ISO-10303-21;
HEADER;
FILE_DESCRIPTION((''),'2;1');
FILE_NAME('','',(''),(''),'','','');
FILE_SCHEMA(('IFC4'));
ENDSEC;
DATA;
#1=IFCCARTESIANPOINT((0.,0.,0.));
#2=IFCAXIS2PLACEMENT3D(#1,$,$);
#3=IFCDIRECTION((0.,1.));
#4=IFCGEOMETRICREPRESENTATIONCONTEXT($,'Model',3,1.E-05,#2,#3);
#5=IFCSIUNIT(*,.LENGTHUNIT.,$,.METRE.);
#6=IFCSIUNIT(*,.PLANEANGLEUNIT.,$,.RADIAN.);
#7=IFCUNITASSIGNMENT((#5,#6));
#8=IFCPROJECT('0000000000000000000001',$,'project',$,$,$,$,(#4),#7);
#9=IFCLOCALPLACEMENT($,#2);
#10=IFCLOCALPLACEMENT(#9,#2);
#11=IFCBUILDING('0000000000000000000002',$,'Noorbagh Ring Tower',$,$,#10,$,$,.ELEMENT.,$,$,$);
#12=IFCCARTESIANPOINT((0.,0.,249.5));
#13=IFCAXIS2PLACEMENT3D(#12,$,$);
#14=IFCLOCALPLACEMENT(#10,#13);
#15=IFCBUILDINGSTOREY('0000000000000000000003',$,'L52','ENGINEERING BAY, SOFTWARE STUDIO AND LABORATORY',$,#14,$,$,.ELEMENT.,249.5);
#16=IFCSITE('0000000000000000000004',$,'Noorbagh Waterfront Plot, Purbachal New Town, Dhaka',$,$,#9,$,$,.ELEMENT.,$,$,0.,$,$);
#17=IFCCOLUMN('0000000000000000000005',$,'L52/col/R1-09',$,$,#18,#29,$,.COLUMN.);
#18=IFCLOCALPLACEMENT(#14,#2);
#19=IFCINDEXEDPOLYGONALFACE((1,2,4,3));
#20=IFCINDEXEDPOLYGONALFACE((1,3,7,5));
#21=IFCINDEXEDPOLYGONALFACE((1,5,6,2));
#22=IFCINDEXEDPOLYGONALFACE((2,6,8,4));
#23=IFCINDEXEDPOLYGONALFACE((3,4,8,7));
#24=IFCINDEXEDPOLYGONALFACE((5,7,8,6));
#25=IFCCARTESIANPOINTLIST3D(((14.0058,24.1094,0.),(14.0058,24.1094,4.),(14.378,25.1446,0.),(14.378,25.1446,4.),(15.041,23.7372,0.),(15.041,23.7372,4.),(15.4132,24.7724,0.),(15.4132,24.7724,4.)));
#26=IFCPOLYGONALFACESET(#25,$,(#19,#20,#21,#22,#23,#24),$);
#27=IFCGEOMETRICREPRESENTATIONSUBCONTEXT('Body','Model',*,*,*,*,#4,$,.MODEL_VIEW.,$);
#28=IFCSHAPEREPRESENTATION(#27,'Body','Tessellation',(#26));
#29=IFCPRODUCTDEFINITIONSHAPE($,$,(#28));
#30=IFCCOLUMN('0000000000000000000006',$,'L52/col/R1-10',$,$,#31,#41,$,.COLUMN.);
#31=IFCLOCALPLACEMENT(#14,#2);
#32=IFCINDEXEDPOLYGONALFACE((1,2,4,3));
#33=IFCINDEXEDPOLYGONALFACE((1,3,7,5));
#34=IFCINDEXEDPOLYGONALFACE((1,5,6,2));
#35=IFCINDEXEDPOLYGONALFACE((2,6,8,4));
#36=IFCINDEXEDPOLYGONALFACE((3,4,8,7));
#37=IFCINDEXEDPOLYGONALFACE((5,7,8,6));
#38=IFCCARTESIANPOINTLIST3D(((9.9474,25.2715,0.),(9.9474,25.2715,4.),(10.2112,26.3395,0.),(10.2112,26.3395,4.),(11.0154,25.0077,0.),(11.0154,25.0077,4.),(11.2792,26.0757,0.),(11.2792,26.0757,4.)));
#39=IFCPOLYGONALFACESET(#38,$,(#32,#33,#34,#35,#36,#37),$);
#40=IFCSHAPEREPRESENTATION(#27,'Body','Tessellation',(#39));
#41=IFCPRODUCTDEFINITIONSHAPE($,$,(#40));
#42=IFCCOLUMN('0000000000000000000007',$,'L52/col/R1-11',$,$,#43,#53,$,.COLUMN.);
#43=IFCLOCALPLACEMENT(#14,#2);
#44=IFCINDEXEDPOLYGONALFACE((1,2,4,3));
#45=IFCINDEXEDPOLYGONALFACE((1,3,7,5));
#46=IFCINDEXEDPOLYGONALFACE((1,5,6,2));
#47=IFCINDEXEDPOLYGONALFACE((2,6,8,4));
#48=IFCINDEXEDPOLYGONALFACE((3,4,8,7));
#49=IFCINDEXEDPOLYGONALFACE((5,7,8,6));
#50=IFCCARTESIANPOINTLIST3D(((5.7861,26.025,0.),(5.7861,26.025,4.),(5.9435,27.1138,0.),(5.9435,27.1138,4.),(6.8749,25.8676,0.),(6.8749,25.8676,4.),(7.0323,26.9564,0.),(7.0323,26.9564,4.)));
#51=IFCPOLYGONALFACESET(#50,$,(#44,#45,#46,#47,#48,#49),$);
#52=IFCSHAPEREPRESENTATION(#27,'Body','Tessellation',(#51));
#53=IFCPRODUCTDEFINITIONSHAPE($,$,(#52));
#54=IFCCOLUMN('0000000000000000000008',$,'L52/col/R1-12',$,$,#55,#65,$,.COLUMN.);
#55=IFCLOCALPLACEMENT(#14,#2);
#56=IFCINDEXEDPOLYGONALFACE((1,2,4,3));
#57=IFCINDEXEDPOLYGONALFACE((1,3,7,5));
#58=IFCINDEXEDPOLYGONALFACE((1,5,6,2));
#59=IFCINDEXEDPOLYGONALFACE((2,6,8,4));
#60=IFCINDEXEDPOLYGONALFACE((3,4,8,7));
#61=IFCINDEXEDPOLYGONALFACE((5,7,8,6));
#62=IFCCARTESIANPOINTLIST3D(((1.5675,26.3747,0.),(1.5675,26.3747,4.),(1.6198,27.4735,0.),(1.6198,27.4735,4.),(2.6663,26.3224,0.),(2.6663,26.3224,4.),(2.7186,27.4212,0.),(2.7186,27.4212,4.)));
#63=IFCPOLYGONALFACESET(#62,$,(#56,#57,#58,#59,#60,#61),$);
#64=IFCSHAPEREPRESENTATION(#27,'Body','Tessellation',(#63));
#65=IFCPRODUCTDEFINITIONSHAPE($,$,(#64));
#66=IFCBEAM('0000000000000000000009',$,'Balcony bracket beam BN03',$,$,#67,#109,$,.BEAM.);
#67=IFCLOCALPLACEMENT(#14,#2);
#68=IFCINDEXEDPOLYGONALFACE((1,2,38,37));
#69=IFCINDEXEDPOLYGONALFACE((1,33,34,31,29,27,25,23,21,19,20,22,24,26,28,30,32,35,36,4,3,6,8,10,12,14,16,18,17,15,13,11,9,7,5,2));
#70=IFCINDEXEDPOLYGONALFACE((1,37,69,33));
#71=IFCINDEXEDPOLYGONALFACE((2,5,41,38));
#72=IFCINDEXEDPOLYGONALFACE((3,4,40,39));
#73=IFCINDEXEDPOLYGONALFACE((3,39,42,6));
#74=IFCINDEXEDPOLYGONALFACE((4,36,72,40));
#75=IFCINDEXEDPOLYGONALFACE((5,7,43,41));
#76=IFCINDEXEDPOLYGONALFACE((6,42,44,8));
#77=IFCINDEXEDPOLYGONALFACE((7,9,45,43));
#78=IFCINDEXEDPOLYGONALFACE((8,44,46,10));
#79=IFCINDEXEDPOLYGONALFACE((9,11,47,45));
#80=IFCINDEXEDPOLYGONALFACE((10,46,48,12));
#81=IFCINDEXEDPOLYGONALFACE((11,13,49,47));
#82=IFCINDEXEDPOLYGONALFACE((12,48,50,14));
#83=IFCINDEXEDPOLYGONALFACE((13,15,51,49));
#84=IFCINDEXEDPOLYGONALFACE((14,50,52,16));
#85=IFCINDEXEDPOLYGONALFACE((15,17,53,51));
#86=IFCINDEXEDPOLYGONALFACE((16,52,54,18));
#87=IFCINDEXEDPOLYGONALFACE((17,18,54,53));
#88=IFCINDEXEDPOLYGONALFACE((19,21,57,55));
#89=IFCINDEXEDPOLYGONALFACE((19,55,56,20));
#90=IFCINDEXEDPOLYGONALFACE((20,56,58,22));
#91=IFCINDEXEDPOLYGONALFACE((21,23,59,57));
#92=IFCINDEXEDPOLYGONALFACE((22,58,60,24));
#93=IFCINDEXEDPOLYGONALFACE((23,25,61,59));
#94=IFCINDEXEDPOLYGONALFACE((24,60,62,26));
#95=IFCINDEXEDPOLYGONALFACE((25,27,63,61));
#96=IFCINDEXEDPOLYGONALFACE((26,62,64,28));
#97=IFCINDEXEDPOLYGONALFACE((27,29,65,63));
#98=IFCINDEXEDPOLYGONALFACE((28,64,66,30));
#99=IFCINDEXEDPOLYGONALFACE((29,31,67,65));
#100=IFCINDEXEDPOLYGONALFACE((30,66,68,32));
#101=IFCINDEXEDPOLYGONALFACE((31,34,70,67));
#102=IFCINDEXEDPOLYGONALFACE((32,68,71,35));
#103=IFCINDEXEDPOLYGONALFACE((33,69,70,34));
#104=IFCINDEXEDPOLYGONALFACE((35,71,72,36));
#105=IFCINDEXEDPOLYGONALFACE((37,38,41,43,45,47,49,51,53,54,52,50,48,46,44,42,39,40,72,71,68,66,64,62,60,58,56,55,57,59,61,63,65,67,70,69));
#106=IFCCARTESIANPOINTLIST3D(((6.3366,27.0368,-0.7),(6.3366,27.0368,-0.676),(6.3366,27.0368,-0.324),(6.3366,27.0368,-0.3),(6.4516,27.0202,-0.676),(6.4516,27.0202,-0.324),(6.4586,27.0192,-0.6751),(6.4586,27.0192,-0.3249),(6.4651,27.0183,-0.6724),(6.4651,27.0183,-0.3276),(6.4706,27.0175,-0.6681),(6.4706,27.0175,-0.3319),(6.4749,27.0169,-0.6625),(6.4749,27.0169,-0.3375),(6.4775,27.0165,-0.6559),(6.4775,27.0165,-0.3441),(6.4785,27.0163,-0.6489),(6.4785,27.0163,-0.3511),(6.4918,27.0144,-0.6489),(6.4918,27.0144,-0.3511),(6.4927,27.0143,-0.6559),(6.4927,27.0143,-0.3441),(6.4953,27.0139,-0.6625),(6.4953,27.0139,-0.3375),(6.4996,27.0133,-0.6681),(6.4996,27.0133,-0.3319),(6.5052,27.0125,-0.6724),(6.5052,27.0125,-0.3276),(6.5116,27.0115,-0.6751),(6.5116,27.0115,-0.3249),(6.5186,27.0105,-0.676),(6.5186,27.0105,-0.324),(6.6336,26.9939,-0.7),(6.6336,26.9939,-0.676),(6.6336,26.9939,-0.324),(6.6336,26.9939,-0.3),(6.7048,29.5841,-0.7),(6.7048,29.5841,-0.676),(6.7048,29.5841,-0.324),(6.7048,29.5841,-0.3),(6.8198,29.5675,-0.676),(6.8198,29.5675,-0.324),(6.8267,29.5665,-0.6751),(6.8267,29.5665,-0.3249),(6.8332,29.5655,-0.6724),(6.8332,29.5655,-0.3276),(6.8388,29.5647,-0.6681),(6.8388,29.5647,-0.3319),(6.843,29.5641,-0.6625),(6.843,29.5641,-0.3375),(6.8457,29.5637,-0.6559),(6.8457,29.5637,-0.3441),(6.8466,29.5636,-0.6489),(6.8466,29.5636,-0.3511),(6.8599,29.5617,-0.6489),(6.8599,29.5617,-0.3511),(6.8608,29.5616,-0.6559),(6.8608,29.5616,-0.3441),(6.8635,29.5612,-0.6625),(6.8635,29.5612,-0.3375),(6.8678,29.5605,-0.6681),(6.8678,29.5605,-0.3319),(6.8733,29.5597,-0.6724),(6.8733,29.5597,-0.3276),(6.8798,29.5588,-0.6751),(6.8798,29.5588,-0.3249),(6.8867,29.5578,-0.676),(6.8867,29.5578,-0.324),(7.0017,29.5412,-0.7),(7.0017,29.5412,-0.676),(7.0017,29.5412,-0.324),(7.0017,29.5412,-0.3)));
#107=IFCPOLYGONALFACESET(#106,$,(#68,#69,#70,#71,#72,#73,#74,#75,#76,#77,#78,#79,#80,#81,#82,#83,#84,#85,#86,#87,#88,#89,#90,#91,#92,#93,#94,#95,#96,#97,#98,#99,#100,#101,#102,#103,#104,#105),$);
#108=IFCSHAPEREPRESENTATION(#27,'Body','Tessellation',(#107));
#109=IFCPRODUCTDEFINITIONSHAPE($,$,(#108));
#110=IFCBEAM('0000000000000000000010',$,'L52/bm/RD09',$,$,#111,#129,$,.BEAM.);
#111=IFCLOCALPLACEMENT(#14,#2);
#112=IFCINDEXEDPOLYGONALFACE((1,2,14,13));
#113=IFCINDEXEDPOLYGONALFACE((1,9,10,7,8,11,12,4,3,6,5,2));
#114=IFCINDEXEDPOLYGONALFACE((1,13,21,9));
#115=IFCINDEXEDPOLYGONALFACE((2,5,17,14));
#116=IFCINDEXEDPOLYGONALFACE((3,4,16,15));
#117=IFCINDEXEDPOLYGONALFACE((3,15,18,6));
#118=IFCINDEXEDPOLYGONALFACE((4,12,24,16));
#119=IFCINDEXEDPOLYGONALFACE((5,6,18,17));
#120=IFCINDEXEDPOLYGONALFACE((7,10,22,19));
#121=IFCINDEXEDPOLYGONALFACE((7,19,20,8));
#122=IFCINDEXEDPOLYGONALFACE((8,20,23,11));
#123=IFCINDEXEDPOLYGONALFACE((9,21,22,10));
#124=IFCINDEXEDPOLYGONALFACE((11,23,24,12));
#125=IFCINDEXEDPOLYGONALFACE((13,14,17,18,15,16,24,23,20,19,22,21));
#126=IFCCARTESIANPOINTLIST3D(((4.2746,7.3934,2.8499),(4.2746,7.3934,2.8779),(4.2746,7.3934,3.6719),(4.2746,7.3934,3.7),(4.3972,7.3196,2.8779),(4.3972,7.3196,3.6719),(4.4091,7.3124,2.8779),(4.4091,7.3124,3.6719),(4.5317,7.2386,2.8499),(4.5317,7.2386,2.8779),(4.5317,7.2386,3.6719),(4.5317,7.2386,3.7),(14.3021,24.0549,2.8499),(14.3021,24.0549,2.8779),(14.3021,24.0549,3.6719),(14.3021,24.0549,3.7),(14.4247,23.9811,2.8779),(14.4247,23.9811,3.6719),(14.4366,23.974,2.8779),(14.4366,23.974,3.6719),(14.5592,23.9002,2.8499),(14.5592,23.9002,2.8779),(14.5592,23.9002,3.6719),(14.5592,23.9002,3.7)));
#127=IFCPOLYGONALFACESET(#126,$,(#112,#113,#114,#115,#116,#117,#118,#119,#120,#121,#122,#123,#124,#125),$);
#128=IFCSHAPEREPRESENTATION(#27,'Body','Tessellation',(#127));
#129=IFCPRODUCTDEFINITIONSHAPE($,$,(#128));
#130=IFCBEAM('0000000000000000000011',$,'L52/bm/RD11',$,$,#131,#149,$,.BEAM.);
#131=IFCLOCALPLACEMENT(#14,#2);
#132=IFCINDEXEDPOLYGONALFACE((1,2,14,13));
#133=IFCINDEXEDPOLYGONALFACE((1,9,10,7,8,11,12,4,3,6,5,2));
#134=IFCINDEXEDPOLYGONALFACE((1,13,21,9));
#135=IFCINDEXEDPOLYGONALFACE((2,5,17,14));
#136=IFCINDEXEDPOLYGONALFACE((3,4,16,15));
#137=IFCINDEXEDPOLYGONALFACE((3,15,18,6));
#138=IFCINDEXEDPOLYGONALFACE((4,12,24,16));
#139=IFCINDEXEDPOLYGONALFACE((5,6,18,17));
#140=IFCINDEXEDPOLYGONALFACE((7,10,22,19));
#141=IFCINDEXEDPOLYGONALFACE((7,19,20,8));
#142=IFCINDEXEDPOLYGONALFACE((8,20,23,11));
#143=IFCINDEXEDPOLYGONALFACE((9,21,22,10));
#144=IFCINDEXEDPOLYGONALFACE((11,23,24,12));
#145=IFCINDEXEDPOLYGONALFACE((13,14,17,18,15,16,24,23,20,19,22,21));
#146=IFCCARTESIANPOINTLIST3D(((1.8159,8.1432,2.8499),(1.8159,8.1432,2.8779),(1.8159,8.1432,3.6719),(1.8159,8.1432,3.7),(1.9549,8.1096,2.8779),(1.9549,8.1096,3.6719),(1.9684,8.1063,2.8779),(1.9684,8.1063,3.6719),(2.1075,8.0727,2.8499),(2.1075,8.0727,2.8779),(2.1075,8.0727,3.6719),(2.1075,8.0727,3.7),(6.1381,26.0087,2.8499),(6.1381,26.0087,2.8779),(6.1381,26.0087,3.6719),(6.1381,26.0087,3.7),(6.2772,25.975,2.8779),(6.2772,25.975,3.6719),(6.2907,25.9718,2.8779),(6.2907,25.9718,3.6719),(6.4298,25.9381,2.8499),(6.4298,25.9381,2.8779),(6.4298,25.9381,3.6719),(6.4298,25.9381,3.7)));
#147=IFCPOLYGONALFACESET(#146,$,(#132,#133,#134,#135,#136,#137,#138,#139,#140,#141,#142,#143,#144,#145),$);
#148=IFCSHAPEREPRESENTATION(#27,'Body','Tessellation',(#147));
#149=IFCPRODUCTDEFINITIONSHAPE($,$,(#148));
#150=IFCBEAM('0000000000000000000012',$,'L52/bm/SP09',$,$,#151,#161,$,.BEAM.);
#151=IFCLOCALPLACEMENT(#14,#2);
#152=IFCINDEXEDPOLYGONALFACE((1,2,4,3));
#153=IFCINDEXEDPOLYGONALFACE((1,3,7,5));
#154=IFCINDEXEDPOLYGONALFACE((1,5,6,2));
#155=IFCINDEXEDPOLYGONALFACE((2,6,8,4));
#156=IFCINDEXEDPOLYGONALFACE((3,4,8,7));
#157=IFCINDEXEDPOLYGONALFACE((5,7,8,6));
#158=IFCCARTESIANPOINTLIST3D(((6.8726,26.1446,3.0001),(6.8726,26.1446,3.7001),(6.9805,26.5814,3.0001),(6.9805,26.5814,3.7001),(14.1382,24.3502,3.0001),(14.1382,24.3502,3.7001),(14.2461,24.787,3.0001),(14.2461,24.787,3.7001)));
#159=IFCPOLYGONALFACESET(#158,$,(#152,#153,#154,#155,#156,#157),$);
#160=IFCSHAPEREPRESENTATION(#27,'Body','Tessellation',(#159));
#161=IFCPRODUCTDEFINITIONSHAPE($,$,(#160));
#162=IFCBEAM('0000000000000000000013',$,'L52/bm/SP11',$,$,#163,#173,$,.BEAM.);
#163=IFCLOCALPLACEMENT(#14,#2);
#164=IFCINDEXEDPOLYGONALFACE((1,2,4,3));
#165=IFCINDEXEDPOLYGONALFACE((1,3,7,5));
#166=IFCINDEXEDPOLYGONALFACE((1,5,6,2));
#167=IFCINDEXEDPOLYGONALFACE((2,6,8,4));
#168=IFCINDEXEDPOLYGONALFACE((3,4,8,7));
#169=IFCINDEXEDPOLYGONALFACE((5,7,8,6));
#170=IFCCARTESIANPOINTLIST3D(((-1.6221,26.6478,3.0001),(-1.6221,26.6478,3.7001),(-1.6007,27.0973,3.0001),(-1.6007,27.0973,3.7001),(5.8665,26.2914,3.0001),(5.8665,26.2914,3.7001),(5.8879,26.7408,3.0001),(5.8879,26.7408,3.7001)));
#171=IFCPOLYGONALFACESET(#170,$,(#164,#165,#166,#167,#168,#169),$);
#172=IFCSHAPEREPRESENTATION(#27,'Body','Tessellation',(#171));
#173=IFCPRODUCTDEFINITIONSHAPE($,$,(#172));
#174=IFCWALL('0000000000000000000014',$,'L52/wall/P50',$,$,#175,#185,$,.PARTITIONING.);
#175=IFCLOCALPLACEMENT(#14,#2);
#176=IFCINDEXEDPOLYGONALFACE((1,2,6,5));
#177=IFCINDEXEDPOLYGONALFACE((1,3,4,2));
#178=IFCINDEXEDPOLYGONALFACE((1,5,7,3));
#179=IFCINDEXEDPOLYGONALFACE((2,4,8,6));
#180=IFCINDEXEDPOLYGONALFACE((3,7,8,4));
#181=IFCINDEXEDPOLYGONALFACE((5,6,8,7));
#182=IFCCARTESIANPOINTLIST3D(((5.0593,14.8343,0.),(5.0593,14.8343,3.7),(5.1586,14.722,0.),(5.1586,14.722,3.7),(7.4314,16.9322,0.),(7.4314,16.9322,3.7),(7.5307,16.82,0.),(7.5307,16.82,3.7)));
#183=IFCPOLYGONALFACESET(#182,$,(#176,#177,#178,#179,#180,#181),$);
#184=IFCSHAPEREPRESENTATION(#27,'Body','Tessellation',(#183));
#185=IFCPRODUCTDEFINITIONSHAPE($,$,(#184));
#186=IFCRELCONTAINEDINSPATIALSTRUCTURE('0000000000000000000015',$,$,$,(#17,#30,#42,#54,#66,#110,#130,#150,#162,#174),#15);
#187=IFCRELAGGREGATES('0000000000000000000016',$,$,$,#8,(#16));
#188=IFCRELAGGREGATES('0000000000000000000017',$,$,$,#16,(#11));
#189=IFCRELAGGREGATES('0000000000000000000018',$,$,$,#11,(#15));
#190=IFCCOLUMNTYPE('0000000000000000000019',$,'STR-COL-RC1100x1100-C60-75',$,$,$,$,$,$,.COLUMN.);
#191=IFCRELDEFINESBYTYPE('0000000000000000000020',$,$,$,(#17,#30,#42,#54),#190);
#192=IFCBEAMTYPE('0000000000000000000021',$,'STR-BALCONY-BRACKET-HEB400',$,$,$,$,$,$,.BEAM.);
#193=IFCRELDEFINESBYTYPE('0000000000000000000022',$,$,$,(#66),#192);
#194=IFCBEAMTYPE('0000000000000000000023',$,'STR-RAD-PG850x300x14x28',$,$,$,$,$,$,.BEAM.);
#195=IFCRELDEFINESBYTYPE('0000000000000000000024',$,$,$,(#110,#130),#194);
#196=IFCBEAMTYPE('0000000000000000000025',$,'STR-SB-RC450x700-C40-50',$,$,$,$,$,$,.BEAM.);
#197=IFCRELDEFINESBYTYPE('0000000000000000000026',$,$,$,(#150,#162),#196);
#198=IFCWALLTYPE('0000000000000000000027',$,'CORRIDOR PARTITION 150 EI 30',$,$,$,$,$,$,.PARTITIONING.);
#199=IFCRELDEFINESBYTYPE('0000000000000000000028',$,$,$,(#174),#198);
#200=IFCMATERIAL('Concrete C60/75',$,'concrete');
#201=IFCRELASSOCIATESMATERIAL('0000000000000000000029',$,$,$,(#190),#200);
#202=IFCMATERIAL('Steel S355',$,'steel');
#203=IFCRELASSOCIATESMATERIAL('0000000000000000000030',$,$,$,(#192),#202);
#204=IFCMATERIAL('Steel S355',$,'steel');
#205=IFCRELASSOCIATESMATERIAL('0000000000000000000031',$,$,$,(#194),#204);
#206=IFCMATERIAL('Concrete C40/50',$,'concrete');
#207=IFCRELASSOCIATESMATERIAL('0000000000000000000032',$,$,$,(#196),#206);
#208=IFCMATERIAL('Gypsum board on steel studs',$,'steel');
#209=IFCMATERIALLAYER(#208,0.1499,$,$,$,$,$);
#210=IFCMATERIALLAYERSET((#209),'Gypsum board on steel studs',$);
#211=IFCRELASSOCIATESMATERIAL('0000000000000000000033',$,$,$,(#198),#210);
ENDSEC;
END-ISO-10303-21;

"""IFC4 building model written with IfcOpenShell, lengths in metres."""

from ifc_helpers import new_model, si_unit, direction, frame, frame_2d, origin, origin_2d, place, context, subcontext, project, spatial, rectangle, i_section, extrude, material, layer, layer_set, material_profile, profile_set, type_object, element, save


model = new_model("IFC4")

# Units and contexts
model_context = context("Model", 3, precision=1e-05, world=origin(), true_north=direction((0.0, 1.0)))
body_context = subcontext(model_context, "Body", "Model", "MODEL_VIEW")
ifc_project = project(units=[si_unit("LENGTHUNIT", "METRE"), si_unit("PLANEANGLEUNIT", "RADIAN")], contexts=[model_context])

# Site, building, storey
site_placement = place(None, origin())
site = spatial("IfcSite", under=ifc_project, at=site_placement, Name="Noorbagh Waterfront Plot, Purbachal New Town, Dhaka", CompositionType="ELEMENT", RefElevation=0.0)
building_placement = place(site_placement, origin())
building = spatial("IfcBuilding", under=site, at=building_placement, Name="Noorbagh Ring Tower", CompositionType="ELEMENT")
storey_placement = place(building_placement, frame((0.0, 0.0, 249.5)))
storey = spatial("IfcBuildingStorey", under=building, at=storey_placement, Name="L52", Description="ENGINEERING BAY, SOFTWARE STUDIO AND LABORATORY", CompositionType="ELEMENT", Elevation=249.5)

# Columns
ifc_material_1 = material(Name="Concrete C60/75", Category="concrete")
ifc_material_profile_1 = material_profile(ifc_material_1, rectangle(XDim=1.1001, YDim=1.1001, at=origin_2d()), Name="RC1100x1100")
ifc_profile_set_1 = profile_set([ifc_material_profile_1], Name="Concrete C60/75")
column_type = type_object("IfcColumnType", Name="STR-COL-RC1100x1100-C60-75", PredefinedType="COLUMN", material=ifc_profile_set_1)
for number, where, z_axis, x_axis, name in (
    (1, (14.7095, 24.4409, 0.0), (0.0, 0.0, 1.0), (-0.941025, 0.338338, 0.0), "L52/col/R1-09"),
    (2, (10.6133, 25.6736, 0.0), (0.0, 0.0, 1.0), (-0.970829, 0.239771, 0.0), "L52/col/R1-10"),
    (3, (6.4092, 26.4907, 0.0), (0.0, 0.0, 1.0), (-0.989713, 0.143066, 0.0), "L52/col/R1-11"),
    (4, (2.1431, 26.8979, 0.0), (0.0, 0.0, 1.0), (-0.998869, 0.047553, 0.0), "L52/col/R1-12"),
):
    element("IfcColumn", number, at=place(storey_placement, frame(where, z_axis=z_axis, x_axis=x_axis)), inside=storey, type_object=column_type, Name=name, PredefinedType="COLUMN", context=body_context, shape_type="SweptSolid", body=[
        extrude(rectangle(XDim=1.1001, YDim=1.1001, at=origin_2d()), origin(), (0.0, 0.0, 1.0), 4.0),
    ])

# Beams
ifc_material_2 = material(Name="Steel S355", Category="steel")
ifc_material_profile_2 = material_profile(ifc_material_2, i_section(OverallWidth=0.3, OverallDepth=0.3999, WebThickness=0.0134, FlangeThickness=0.0239, FilletRadius=0.0271, at=origin_2d()), Name="HEB400")
ifc_profile_set_2 = profile_set([ifc_material_profile_2], Name="Steel S355")
beam_type_1 = type_object("IfcBeamType", Name="STR-BALCONY-BRACKET-HEB400", PredefinedType="BEAM", material=ifc_profile_set_2)
beam_1_placement = place(storey_placement, frame((6.4851, 27.0154, -0.5), z_axis=(0.143041, 0.989717, 0.0), x_axis=(-0.989717, 0.143041, 0.0)))
element("IfcBeam", 5, at=beam_1_placement, inside=storey, type_object=beam_type_1, Name="Balcony bracket beam BN03", PredefinedType="BEAM", context=body_context, shape_type="SweptSolid", body=[
    extrude(i_section(OverallWidth=0.3, OverallDepth=0.3999, WebThickness=0.0134, FlangeThickness=0.0239, FilletRadius=0.0271, at=origin_2d()), origin(), (0.0, 0.0, 1.0), 2.5737),
])
ifc_material_3 = material(Name="Steel S355", Category="steel")
ifc_material_profile_3 = material_profile(ifc_material_3, i_section(OverallWidth=0.3, OverallDepth=0.8501, WebThickness=0.0139, FlangeThickness=0.0281, at=origin_2d()), Name="PG850x300x14x28")
ifc_profile_set_3 = profile_set([ifc_material_profile_3], Name="Steel S355")
beam_type_2 = type_object("IfcBeamType", Name="STR-RAD-PG850x300x14x28", PredefinedType="BEAM", material=ifc_profile_set_3)
beam_2_placement = place(storey_placement, frame((14.4307, 23.9775, 3.2749), z_axis=(-0.515653, -0.856798, 0.0), x_axis=(0.856798, -0.515653, 0.0)))
element("IfcBeam", 6, at=beam_2_placement, inside=storey, type_object=beam_type_2, Name="L52/bm/RD09", PredefinedType="BEAM", context=body_context, shape_type="SweptSolid", body=[
    extrude(i_section(OverallWidth=0.3, OverallDepth=0.8501, WebThickness=0.0139, FlangeThickness=0.0281, at=origin_2d()), origin(), (0.0, 0.0, 1.0), 19.4463),
])
beam_3_placement = place(storey_placement, frame((6.2839, 25.9734, 3.2749), z_axis=(-0.23515, -0.971959, 0.0), x_axis=(0.971959, -0.23515, 0.0)))
element("IfcBeam", 7, at=beam_3_placement, inside=storey, type_object=beam_type_2, Name="L52/bm/RD11", PredefinedType="BEAM", context=body_context, shape_type="SweptSolid", body=[
    extrude(i_section(OverallWidth=0.3, OverallDepth=0.8501, WebThickness=0.0139, FlangeThickness=0.0281, at=origin_2d()), origin(), (0.0, 0.0, 1.0), 18.3809),
])
ifc_material_4 = material(Name="Concrete C40/50", Category="concrete")
ifc_material_profile_4 = material_profile(ifc_material_4, rectangle(XDim=0.45, YDim=0.7, at=origin_2d()), Name="RC450x700")
ifc_profile_set_4 = profile_set([ifc_material_profile_4], Name="Concrete C40/50")
beam_type_3 = type_object("IfcBeamType", Name="STR-SB-RC450x700-C40-50", PredefinedType="BEAM", material=ifc_profile_set_4)
beam_4_placement = place(storey_placement, frame((14.1921, 24.5686, 3.3501), z_axis=(-0.970829, 0.239771, 0.0), x_axis=(-0.239771, -0.970829, 0.0)))
element("IfcBeam", 8, at=beam_4_placement, inside=storey, type_object=beam_type_3, Name="L52/bm/SP09", PredefinedType="BEAM", context=body_context, shape_type="SweptSolid", body=[
    extrude(rectangle(XDim=0.45, YDim=0.7, at=origin_2d()), origin(), (0.0, 0.0, 1.0), 7.4839),
])
beam_5_placement = place(storey_placement, frame((5.8772, 26.5161, 3.3501), z_axis=(-0.998869, 0.047545, 0.0), x_axis=(-0.047545, -0.998869, 0.0)))
element("IfcBeam", 9, at=beam_5_placement, inside=storey, type_object=beam_type_3, Name="L52/bm/SP11", PredefinedType="BEAM", context=body_context, shape_type="SweptSolid", body=[
    extrude(rectangle(XDim=0.45, YDim=0.7, at=origin_2d()), origin(), (0.0, 0.0, 1.0), 7.4971),
])

# Wall
ifc_material_5 = material(Name="Gypsum board on steel studs", Category="steel")
ifc_layer_1 = layer(ifc_material_5, 0.1499)
ifc_layer_set_1 = layer_set([ifc_layer_1], Name="Gypsum board on steel studs")
wall_type_1 = type_object("IfcWallType", Name="CORRIDOR PARTITION 150 EI 30", PredefinedType="PARTITIONING", material=ifc_layer_set_1)
wall_1_placement = place(storey_placement, frame((5.1089, 14.7781, 0.0), z_axis=(0.0, 0.0, 1.0), x_axis=(0.74907, 0.662491, 0.0)))
element("IfcWall", 10, at=wall_1_placement, inside=storey, type_object=wall_type_1, Name="L52/wall/P50", PredefinedType="PARTITIONING", context=body_context, shape_type="SweptSolid", body=[
    extrude(rectangle(XDim=3.1667, YDim=0.1499, at=frame_2d((1.5835, 0.0))), origin(), (0.0, 0.0, 1.0), 3.7),
])

save(model, "model.ifc")
